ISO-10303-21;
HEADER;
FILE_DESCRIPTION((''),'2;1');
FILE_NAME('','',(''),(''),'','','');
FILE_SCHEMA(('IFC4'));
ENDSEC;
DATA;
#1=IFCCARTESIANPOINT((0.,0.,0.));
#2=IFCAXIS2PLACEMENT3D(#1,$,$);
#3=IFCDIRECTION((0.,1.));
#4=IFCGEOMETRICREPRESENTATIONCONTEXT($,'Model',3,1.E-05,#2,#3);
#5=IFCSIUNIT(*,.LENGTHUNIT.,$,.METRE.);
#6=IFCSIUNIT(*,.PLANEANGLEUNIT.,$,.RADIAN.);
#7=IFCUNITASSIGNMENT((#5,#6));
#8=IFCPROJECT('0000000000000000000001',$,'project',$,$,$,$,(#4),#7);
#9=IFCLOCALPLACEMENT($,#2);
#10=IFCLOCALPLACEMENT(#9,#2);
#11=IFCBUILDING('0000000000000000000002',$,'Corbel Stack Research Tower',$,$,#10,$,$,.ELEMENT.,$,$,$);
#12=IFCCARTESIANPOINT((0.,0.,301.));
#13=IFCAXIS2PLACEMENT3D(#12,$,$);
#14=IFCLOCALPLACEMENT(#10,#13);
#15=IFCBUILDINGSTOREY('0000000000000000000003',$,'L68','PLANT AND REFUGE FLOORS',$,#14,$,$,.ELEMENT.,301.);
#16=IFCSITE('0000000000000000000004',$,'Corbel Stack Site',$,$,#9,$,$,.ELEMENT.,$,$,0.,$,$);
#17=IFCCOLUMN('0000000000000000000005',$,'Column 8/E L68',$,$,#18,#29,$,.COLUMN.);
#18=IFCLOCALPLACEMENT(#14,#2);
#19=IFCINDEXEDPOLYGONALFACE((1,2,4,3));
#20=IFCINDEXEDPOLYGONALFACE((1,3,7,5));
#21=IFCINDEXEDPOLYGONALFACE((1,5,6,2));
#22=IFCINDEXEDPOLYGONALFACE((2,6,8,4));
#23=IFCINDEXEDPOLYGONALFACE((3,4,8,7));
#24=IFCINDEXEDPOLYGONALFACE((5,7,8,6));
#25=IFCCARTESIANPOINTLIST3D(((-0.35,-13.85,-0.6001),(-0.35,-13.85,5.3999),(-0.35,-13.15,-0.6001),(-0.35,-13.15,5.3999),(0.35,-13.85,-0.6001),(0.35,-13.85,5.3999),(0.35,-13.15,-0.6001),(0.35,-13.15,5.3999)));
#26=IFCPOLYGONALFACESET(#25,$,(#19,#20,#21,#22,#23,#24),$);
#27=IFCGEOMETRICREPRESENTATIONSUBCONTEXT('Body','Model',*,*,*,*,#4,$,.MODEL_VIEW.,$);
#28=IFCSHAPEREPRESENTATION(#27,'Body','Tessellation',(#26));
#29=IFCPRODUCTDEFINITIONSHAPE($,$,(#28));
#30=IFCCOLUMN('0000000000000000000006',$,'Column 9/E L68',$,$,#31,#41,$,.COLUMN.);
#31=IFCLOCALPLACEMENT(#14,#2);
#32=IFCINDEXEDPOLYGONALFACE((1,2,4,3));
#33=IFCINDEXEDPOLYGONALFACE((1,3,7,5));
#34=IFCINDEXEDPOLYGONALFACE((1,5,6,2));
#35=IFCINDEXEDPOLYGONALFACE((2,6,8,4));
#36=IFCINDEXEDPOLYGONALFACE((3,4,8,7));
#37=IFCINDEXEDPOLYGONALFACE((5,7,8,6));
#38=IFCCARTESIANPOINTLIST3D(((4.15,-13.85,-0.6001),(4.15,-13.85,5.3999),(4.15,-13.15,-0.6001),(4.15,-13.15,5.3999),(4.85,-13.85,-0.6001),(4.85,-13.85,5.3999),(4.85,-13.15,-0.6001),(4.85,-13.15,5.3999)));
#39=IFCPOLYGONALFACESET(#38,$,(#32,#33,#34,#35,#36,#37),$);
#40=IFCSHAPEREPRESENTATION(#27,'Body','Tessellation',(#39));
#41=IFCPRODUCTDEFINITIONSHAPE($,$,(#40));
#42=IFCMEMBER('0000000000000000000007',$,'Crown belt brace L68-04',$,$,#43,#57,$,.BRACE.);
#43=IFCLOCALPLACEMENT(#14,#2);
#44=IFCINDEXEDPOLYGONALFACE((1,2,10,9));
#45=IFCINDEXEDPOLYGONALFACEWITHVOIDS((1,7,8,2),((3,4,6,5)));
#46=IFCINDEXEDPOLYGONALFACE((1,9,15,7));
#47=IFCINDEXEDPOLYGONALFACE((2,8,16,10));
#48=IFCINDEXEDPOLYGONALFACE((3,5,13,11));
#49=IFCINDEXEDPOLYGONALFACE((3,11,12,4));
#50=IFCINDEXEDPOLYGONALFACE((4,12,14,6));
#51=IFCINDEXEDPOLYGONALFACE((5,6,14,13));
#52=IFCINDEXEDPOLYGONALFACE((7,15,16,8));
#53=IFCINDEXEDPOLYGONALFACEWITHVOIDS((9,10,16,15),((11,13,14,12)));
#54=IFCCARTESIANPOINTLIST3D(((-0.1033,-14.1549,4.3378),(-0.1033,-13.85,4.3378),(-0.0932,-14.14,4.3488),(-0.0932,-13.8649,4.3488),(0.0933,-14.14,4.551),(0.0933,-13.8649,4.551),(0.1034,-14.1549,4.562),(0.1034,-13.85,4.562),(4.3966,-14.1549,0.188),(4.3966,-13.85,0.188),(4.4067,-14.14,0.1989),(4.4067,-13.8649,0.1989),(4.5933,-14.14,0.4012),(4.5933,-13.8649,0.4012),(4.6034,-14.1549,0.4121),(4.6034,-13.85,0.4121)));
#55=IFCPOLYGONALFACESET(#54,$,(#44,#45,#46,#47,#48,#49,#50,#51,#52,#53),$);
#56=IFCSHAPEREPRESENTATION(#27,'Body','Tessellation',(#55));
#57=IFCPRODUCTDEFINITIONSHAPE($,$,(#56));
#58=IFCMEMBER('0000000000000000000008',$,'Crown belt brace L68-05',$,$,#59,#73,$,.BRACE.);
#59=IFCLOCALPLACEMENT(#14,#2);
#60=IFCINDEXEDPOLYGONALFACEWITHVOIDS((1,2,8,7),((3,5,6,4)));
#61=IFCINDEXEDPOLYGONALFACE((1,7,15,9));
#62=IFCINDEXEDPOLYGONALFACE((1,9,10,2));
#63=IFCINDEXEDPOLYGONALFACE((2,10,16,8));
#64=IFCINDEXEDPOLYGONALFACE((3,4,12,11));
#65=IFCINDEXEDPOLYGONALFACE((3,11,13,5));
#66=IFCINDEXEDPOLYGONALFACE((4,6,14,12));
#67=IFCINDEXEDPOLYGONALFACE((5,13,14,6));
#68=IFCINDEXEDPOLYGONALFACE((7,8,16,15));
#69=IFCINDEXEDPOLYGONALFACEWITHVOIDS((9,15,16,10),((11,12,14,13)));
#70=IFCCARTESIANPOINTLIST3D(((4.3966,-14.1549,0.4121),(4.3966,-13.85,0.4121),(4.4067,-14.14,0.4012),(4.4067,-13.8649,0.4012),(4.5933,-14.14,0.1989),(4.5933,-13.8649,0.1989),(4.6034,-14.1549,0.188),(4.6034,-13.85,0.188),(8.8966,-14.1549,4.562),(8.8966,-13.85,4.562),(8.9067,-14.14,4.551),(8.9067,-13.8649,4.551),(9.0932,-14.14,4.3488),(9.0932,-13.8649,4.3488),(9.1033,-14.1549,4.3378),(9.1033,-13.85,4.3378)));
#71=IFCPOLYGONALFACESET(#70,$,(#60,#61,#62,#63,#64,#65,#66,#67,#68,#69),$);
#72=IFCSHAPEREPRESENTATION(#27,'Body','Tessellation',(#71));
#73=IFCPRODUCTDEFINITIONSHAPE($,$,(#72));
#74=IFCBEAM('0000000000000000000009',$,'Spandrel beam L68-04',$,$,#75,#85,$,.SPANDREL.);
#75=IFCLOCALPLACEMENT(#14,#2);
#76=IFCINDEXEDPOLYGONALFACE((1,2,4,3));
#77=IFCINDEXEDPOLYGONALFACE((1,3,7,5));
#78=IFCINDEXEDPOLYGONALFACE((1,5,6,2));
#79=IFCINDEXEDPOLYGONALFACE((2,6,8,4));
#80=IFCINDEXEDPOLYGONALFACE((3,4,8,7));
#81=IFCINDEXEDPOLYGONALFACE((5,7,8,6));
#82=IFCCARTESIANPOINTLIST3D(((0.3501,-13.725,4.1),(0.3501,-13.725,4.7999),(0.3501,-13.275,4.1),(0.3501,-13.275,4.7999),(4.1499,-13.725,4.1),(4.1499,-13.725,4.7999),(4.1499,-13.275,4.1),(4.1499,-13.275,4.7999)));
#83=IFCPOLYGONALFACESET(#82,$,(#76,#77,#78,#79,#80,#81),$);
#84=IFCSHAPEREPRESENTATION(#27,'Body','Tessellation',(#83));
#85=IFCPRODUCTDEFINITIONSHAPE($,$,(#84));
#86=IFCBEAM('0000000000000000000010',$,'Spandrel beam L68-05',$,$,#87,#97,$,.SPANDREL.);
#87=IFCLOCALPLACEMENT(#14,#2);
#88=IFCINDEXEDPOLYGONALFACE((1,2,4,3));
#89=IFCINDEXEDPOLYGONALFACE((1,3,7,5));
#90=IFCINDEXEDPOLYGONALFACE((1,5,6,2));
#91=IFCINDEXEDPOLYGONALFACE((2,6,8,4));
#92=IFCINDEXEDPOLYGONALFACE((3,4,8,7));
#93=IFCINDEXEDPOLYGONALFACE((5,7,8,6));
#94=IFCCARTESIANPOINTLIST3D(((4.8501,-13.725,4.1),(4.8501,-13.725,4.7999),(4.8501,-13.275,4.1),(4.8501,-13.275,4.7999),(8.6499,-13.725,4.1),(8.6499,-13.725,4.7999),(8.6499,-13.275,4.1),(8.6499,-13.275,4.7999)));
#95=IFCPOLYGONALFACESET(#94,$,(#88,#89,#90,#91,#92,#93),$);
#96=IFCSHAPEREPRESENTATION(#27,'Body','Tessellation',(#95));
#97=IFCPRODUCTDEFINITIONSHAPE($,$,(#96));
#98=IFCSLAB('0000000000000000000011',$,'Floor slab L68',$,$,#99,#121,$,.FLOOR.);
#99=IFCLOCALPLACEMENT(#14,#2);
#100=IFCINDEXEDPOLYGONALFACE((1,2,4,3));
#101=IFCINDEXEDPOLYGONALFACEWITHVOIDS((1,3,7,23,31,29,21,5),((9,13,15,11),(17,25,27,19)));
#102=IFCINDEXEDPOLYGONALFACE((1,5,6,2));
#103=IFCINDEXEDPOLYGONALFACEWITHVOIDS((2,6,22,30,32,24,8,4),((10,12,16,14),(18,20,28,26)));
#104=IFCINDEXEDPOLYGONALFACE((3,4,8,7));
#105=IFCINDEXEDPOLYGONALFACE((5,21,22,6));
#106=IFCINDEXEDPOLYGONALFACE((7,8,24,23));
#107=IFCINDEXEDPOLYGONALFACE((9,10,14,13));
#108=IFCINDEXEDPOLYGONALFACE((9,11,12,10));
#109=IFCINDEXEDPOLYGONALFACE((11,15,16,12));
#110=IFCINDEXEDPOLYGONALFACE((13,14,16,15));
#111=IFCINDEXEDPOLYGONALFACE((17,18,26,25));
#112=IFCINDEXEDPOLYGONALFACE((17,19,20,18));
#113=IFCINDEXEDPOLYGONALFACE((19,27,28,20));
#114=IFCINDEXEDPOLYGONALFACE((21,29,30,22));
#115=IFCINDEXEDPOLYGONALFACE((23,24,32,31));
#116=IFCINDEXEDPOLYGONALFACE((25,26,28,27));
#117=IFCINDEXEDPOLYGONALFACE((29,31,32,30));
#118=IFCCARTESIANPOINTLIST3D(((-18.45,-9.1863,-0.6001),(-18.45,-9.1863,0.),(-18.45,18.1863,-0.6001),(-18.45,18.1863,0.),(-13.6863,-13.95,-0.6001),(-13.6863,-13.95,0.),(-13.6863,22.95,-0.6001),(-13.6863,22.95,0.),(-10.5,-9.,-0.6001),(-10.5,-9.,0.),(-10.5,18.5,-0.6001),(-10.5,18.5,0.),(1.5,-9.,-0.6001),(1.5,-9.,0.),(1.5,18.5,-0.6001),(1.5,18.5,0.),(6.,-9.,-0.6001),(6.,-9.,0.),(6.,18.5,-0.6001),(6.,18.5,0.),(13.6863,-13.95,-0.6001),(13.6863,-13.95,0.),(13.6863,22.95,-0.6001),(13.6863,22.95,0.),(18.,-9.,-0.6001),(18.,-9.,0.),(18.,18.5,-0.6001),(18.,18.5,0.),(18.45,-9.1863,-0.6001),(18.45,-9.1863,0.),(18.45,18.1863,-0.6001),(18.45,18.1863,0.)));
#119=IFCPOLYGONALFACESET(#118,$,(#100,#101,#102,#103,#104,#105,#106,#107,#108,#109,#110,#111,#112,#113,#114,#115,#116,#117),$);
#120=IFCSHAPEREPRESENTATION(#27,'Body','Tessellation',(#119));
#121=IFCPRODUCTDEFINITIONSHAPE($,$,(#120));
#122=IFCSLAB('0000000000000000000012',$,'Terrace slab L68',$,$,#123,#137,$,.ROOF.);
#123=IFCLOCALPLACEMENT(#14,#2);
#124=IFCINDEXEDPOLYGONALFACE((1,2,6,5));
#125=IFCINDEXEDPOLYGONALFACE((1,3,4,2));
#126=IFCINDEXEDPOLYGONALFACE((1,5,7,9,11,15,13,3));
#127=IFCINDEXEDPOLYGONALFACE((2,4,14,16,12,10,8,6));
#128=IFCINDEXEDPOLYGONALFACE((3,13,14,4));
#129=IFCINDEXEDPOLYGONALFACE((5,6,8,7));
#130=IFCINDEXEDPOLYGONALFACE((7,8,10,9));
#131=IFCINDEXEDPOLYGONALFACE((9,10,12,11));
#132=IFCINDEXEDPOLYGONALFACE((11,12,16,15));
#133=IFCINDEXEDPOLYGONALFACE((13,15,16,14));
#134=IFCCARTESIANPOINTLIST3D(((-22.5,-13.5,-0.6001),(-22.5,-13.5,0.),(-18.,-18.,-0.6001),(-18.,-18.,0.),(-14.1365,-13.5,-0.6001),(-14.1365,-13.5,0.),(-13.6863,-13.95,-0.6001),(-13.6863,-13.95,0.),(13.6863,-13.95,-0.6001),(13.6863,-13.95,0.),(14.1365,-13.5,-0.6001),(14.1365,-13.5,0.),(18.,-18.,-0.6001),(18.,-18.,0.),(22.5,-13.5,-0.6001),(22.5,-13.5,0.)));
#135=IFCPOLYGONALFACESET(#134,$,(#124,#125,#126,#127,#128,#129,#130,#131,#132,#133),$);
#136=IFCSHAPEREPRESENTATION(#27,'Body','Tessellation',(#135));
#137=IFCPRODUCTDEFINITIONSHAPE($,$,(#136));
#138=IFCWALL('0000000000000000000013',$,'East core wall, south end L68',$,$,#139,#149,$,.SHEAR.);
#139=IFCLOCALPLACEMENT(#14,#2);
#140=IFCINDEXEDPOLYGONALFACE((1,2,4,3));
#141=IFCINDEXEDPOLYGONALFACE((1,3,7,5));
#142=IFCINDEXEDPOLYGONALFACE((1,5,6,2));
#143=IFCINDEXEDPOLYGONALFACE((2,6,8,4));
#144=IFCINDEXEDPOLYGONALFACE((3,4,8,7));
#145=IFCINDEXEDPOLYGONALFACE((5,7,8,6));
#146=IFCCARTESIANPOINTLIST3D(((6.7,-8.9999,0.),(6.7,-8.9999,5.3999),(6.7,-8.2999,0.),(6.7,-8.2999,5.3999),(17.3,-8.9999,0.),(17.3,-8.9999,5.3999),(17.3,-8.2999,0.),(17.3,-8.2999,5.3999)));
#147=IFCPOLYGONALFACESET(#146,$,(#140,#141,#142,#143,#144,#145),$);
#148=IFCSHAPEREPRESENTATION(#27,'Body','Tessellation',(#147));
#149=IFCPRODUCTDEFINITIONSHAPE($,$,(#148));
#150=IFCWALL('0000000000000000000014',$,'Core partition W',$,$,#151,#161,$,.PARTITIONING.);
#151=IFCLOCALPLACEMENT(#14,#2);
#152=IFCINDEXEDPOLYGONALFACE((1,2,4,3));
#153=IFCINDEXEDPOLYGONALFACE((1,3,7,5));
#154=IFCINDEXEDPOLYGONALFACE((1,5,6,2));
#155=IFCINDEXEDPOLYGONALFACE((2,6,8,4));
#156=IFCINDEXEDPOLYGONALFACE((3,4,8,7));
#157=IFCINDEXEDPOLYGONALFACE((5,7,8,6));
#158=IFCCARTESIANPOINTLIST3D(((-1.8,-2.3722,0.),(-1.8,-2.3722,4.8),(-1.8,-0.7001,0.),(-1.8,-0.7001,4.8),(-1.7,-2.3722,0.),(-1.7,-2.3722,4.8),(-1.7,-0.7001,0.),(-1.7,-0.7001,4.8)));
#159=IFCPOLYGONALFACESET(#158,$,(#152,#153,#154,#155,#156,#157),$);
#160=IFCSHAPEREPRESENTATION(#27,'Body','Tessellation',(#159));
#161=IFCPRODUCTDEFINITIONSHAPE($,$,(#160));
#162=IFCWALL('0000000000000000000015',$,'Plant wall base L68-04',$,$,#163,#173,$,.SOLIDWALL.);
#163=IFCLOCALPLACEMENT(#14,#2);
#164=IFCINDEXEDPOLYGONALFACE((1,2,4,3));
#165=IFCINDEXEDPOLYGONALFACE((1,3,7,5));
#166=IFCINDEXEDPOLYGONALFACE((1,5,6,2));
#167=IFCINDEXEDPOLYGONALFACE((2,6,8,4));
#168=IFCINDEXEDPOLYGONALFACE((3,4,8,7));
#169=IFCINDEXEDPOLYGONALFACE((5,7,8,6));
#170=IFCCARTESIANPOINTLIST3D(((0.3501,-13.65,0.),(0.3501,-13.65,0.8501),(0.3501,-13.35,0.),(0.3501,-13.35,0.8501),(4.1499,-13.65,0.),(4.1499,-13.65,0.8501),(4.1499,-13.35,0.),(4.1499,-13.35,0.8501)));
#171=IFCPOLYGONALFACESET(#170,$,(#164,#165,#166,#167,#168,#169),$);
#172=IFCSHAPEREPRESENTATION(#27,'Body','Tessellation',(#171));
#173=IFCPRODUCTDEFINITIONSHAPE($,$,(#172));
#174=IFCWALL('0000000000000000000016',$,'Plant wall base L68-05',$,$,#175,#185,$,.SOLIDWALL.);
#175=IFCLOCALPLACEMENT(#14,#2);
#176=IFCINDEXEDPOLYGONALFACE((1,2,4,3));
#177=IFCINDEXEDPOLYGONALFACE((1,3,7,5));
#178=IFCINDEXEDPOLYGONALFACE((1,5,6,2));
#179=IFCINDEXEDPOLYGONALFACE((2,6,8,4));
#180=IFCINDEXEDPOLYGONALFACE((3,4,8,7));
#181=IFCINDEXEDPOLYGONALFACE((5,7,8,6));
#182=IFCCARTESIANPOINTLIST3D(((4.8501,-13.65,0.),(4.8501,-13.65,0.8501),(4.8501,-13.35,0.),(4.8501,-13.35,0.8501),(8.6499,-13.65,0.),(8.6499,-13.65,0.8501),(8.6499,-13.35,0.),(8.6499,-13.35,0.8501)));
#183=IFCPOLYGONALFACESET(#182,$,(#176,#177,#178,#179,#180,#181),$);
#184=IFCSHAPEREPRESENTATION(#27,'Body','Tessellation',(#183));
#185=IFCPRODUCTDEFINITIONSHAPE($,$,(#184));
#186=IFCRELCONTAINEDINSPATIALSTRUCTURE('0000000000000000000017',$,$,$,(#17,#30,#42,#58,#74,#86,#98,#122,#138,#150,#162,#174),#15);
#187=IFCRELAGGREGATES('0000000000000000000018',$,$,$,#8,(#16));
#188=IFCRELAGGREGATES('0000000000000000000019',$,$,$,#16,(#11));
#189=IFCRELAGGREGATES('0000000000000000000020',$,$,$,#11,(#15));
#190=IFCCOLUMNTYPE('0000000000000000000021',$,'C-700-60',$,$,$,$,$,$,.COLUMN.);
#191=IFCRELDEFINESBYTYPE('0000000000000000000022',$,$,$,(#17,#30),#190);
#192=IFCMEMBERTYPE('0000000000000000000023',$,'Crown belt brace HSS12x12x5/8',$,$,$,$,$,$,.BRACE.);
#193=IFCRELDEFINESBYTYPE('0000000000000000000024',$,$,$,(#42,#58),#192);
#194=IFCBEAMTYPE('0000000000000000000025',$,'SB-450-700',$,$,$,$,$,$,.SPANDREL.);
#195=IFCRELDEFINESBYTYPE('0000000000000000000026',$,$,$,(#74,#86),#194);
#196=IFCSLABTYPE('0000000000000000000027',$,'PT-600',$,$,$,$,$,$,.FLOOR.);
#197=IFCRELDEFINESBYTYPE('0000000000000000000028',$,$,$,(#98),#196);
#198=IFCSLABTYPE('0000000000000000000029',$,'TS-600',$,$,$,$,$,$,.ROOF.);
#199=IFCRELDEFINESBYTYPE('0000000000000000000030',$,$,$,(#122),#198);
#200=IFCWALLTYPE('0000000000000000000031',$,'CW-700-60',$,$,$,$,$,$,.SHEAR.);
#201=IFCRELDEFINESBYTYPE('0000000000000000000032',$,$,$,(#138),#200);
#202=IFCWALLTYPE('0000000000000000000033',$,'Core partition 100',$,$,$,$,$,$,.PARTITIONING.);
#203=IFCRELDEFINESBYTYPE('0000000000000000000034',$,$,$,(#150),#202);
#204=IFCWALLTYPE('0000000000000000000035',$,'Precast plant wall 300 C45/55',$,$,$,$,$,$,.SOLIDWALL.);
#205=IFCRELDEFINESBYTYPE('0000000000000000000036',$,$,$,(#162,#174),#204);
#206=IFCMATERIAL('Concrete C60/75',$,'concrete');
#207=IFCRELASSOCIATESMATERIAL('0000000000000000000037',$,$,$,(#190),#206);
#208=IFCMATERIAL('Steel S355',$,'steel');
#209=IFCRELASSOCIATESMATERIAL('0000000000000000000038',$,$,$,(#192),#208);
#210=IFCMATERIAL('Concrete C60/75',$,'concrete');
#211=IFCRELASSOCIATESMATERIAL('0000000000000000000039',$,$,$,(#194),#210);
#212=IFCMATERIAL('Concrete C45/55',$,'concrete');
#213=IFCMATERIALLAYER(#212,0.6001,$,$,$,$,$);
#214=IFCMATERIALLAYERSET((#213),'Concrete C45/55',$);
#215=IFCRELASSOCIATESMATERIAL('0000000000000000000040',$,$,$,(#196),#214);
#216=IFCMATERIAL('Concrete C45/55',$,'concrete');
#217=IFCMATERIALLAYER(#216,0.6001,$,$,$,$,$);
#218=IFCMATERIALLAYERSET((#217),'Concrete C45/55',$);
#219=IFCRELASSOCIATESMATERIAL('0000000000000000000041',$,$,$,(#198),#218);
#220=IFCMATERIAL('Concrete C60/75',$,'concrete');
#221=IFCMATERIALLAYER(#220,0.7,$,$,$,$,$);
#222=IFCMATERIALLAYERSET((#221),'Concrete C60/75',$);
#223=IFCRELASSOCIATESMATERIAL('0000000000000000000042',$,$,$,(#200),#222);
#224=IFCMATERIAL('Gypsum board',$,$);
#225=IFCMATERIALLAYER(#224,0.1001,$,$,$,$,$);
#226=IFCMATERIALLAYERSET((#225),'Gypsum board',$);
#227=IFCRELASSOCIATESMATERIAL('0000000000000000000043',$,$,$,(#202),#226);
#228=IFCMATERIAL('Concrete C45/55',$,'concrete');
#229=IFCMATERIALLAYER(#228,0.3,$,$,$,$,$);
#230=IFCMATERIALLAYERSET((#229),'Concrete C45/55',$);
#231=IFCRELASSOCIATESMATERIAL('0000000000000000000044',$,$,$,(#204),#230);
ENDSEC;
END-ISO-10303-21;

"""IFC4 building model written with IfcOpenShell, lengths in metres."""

from ifc_helpers import new_model, si_unit, direction, frame, frame_2d, origin, origin_2d, place, context, subcontext, project, spatial, polyline, rectangle, hollow_rectangle, outline, extrude, material, layer, layer_set, material_profile, profile_set, type_object, element, save


model = new_model("IFC4")

# Units and contexts
model_context = context("Model", 3, precision=1e-05, world=origin(), true_north=direction((0.0, 1.0)))
body_context = subcontext(model_context, "Body", "Model", "MODEL_VIEW")
ifc_project = project(units=[si_unit("LENGTHUNIT", "METRE"), si_unit("PLANEANGLEUNIT", "RADIAN")], contexts=[model_context])

# Site, building, storey
site_placement = place(None, origin())
site = spatial("IfcSite", under=ifc_project, at=site_placement, Name="Corbel Stack Site", CompositionType="ELEMENT", RefElevation=0.0)
building_placement = place(site_placement, origin())
building = spatial("IfcBuilding", under=site, at=building_placement, Name="Corbel Stack Research Tower", CompositionType="ELEMENT")
storey_placement = place(building_placement, frame((0.0, 0.0, 301.0)))
storey = spatial("IfcBuildingStorey", under=building, at=storey_placement, Name="L68", Description="PLANT AND REFUGE FLOORS", CompositionType="ELEMENT", Elevation=301.0)

# Columns
ifc_material_1 = material(Name="Concrete C60/75", Category="concrete")
ifc_material_profile_1 = material_profile(ifc_material_1, rectangle(XDim=0.7, YDim=0.7, at=origin_2d()), Name="RC 700 x 700")
ifc_profile_set_1 = profile_set([ifc_material_profile_1], Name="Concrete C60/75")
column_type = type_object("IfcColumnType", Name="C-700-60", PredefinedType="COLUMN", material=ifc_profile_set_1)
for number, where, z_axis, x_axis, name in (
    (1, (0.0, -13.5, -0.6001), (0.0, 0.0, 1.0), (1.0, 0.0, 0.0), "Column 8/E L68"),
    (2, (4.5, -13.5, -0.6001), (0.0, 0.0, 1.0), (1.0, 0.0, 0.0), "Column 9/E L68"),
):
    element("IfcColumn", number, at=place(storey_placement, frame(where, z_axis=z_axis, x_axis=x_axis)), inside=storey, type_object=column_type, Name=name, PredefinedType="COLUMN", context=body_context, shape_type="SweptSolid", body=[
        extrude(rectangle(XDim=0.7, YDim=0.7, at=origin_2d()), origin(), (0.0, 0.0, 1.0), 6.0),
    ])

# Members
ifc_material_2 = material(Name="Steel S355", Category="steel")
ifc_material_profile_2 = material_profile(ifc_material_2, hollow_rectangle(XDim=0.3049, YDim=0.3049, WallThickness=0.0149, at=origin_2d()), Name="HSS12x12x5/8")
ifc_profile_set_2 = profile_set([ifc_material_profile_2], Name="Steel S355")
member_type = type_object("IfcMemberType", Name="Crown belt brace HSS12x12x5/8", PredefinedType="BRACE", material=ifc_profile_set_2)
for number, where, z_axis, x_axis, name in (
    (3, (4.5, -14.0024, 0.3), (-0.735124, 0.0, 0.677932), (0.0, -1.0, 0.0), "Crown belt brace L68-04"),
    (4, (4.5, -14.0024, 0.3), (0.735124, 0.0, 0.677932), (0.0, 1.0, 0.0), "Crown belt brace L68-05"),
):
    element("IfcMember", number, at=place(storey_placement, frame(where, z_axis=z_axis, x_axis=x_axis)), inside=storey, type_object=member_type, Name=name, PredefinedType="BRACE", context=body_context, shape_type="SweptSolid", body=[
        extrude(hollow_rectangle(XDim=0.3049, YDim=0.3049, WallThickness=0.0149, at=origin_2d()), origin(), (0.0, 0.0, 1.0), 6.1213),
    ])

# Beams
ifc_material_3 = material(Name="Concrete C60/75", Category="concrete")
ifc_material_profile_3 = material_profile(ifc_material_3, rectangle(XDim=0.45, YDim=0.7, at=origin_2d()), Name="RC 450 x 700")
ifc_profile_set_3 = profile_set([ifc_material_profile_3], Name="Concrete C60/75")
beam_type = type_object("IfcBeamType", Name="SB-450-700", PredefinedType="SPANDREL", material=ifc_profile_set_3)
for number, where, z_axis, x_axis, name in (
    (5, (0.3501, -13.5, 4.45), (1.0, 0.0, 0.0), (0.0, 1.0, 0.0), "Spandrel beam L68-04"),
    (6, (4.8501, -13.5, 4.45), (1.0, 0.0, 0.0), (0.0, 1.0, 0.0), "Spandrel beam L68-05"),
):
    element("IfcBeam", number, at=place(storey_placement, frame(where, z_axis=z_axis, x_axis=x_axis)), inside=storey, type_object=beam_type, Name=name, PredefinedType="SPANDREL", context=body_context, shape_type="SweptSolid", body=[
        extrude(rectangle(XDim=0.45, YDim=0.7, at=origin_2d()), origin(), (0.0, 0.0, 1.0), 3.7998),
    ])

# Slabs
ifc_material_4 = material(Name="Concrete C45/55", Category="concrete")
ifc_layer_1 = layer(ifc_material_4, 0.6001)
ifc_layer_set_1 = layer_set([ifc_layer_1], Name="Concrete C45/55")
slab_type_1 = type_object("IfcSlabType", Name="PT-600", PredefinedType="FLOOR", material=ifc_layer_set_1)
slab_1_placement = place(storey_placement, frame((0.0, 0.0, -0.6001)))
element("IfcSlab", 7, at=slab_1_placement, inside=storey, type_object=slab_type_1, Name="Floor slab L68", PredefinedType="FLOOR", context=body_context, shape_type="SweptSolid", body=[
    extrude(outline(polyline([(-13.6863, -13.95), (13.6863, -13.95), (18.45, -9.1863), (18.45, 18.1863), (13.6863, 22.95), (-13.6863, 22.95), (-18.45, 18.1863), (-18.45, -9.1863), (-13.6863, -13.95)]), holes=[polyline([(6.0, -9.0), (6.0, 18.5), (18.0, 18.5), (18.0, -9.0), (6.0, -9.0)]), polyline([(-10.5, -9.0), (-10.5, 18.5), (1.5, 18.5), (1.5, -9.0), (-10.5, -9.0)])]), origin(), (0.0, 0.0, 1.0), 0.6001),
])
ifc_material_5 = material(Name="Concrete C45/55", Category="concrete")
ifc_layer_2 = layer(ifc_material_5, 0.6001)
ifc_layer_set_2 = layer_set([ifc_layer_2], Name="Concrete C45/55")
slab_type_2 = type_object("IfcSlabType", Name="TS-600", PredefinedType="ROOF", material=ifc_layer_set_2)
slab_2_placement = place(storey_placement, frame((0.0, 0.0, -0.6001)))
element("IfcSlab", 8, at=slab_2_placement, inside=storey, type_object=slab_type_2, Name="Terrace slab L68", PredefinedType="ROOF", context=body_context, shape_type="SweptSolid", body=[
    extrude(outline(polyline([(14.1365, -13.5), (13.6863, -13.95), (-13.6863, -13.95), (-14.1365, -13.5), (-22.5, -13.5), (-18.0, -18.0), (18.0, -18.0), (22.5, -13.5), (14.1365, -13.5)])), origin(), (0.0, 0.0, 1.0), 0.6001),
])

# Shared definitions
ifc_material_6 = material(Name="Concrete C60/75", Category="concrete")
ifc_layer_3 = layer(ifc_material_6, 0.7)
ifc_layer_set_3 = layer_set([ifc_layer_3], Name="Concrete C60/75")
wall_type_1 = type_object("IfcWallType", Name="CW-700-60", PredefinedType="SHEAR", material=ifc_layer_set_3)

# Walls
wall_1_placement = place(storey_placement, frame((6.7, -8.6499, 0.0), z_axis=(0.0, 0.0, 1.0), x_axis=(1.0, 0.0, 0.0)))
element("IfcWall", 9, at=wall_1_placement, inside=storey, type_object=wall_type_1, Name="East core wall, south end L68", PredefinedType="SHEAR", context=body_context, shape_type="SweptSolid", body=[
    extrude(rectangle(XDim=10.6001, YDim=0.7, at=frame_2d((5.3, 0.0))), origin(), (0.0, 0.0, 1.0), 5.3999),
])
ifc_material_7 = material(Name="Gypsum board")
ifc_layer_4 = layer(ifc_material_7, 0.1001)
ifc_layer_set_4 = layer_set([ifc_layer_4], Name="Gypsum board")
wall_type_2 = type_object("IfcWallType", Name="Core partition 100", PredefinedType="PARTITIONING", material=ifc_layer_set_4)
wall_2_placement = place(storey_placement, frame((-1.75, -2.3721, 0.0), z_axis=(0.0, 0.0, 1.0), x_axis=(0.0, 1.0, 0.0)))
element("IfcWall", 10, at=wall_2_placement, inside=storey, type_object=wall_type_2, Name="Core partition W", PredefinedType="PARTITIONING", context=body_context, shape_type="SweptSolid", body=[
    extrude(rectangle(XDim=1.6721, YDim=0.1001, at=frame_2d((0.8359, 0.0))), origin(), (0.0, 0.0, 1.0), 4.8),
])
ifc_material_8 = material(Name="Concrete C45/55", Category="concrete")
ifc_layer_5 = layer(ifc_material_8, 0.3)
ifc_layer_set_5 = layer_set([ifc_layer_5], Name="Concrete C45/55")
wall_type_3 = type_object("IfcWallType", Name="Precast plant wall 300 C45/55", PredefinedType="SOLIDWALL", material=ifc_layer_set_5)
for number, where, z_axis, x_axis, name in (
    (11, (0.3501, -13.5, 0.0), (0.0, 0.0, 1.0), (1.0, 0.0, 0.0), "Plant wall base L68-04"),
    (12, (4.8501, -13.5, 0.0), (0.0, 0.0, 1.0), (1.0, 0.0, 0.0), "Plant wall base L68-05"),
):
    element("IfcWall", number, at=place(storey_placement, frame(where, z_axis=z_axis, x_axis=x_axis)), inside=storey, type_object=wall_type_3, Name=name, PredefinedType="SOLIDWALL", context=body_context, shape_type="SweptSolid", body=[
        extrude(rectangle(XDim=3.7998, YDim=0.3, at=frame_2d((1.8999, 0.0))), origin(), (0.0, 0.0, 1.0), 0.8501),
    ])

save(model, "model.ifc")
